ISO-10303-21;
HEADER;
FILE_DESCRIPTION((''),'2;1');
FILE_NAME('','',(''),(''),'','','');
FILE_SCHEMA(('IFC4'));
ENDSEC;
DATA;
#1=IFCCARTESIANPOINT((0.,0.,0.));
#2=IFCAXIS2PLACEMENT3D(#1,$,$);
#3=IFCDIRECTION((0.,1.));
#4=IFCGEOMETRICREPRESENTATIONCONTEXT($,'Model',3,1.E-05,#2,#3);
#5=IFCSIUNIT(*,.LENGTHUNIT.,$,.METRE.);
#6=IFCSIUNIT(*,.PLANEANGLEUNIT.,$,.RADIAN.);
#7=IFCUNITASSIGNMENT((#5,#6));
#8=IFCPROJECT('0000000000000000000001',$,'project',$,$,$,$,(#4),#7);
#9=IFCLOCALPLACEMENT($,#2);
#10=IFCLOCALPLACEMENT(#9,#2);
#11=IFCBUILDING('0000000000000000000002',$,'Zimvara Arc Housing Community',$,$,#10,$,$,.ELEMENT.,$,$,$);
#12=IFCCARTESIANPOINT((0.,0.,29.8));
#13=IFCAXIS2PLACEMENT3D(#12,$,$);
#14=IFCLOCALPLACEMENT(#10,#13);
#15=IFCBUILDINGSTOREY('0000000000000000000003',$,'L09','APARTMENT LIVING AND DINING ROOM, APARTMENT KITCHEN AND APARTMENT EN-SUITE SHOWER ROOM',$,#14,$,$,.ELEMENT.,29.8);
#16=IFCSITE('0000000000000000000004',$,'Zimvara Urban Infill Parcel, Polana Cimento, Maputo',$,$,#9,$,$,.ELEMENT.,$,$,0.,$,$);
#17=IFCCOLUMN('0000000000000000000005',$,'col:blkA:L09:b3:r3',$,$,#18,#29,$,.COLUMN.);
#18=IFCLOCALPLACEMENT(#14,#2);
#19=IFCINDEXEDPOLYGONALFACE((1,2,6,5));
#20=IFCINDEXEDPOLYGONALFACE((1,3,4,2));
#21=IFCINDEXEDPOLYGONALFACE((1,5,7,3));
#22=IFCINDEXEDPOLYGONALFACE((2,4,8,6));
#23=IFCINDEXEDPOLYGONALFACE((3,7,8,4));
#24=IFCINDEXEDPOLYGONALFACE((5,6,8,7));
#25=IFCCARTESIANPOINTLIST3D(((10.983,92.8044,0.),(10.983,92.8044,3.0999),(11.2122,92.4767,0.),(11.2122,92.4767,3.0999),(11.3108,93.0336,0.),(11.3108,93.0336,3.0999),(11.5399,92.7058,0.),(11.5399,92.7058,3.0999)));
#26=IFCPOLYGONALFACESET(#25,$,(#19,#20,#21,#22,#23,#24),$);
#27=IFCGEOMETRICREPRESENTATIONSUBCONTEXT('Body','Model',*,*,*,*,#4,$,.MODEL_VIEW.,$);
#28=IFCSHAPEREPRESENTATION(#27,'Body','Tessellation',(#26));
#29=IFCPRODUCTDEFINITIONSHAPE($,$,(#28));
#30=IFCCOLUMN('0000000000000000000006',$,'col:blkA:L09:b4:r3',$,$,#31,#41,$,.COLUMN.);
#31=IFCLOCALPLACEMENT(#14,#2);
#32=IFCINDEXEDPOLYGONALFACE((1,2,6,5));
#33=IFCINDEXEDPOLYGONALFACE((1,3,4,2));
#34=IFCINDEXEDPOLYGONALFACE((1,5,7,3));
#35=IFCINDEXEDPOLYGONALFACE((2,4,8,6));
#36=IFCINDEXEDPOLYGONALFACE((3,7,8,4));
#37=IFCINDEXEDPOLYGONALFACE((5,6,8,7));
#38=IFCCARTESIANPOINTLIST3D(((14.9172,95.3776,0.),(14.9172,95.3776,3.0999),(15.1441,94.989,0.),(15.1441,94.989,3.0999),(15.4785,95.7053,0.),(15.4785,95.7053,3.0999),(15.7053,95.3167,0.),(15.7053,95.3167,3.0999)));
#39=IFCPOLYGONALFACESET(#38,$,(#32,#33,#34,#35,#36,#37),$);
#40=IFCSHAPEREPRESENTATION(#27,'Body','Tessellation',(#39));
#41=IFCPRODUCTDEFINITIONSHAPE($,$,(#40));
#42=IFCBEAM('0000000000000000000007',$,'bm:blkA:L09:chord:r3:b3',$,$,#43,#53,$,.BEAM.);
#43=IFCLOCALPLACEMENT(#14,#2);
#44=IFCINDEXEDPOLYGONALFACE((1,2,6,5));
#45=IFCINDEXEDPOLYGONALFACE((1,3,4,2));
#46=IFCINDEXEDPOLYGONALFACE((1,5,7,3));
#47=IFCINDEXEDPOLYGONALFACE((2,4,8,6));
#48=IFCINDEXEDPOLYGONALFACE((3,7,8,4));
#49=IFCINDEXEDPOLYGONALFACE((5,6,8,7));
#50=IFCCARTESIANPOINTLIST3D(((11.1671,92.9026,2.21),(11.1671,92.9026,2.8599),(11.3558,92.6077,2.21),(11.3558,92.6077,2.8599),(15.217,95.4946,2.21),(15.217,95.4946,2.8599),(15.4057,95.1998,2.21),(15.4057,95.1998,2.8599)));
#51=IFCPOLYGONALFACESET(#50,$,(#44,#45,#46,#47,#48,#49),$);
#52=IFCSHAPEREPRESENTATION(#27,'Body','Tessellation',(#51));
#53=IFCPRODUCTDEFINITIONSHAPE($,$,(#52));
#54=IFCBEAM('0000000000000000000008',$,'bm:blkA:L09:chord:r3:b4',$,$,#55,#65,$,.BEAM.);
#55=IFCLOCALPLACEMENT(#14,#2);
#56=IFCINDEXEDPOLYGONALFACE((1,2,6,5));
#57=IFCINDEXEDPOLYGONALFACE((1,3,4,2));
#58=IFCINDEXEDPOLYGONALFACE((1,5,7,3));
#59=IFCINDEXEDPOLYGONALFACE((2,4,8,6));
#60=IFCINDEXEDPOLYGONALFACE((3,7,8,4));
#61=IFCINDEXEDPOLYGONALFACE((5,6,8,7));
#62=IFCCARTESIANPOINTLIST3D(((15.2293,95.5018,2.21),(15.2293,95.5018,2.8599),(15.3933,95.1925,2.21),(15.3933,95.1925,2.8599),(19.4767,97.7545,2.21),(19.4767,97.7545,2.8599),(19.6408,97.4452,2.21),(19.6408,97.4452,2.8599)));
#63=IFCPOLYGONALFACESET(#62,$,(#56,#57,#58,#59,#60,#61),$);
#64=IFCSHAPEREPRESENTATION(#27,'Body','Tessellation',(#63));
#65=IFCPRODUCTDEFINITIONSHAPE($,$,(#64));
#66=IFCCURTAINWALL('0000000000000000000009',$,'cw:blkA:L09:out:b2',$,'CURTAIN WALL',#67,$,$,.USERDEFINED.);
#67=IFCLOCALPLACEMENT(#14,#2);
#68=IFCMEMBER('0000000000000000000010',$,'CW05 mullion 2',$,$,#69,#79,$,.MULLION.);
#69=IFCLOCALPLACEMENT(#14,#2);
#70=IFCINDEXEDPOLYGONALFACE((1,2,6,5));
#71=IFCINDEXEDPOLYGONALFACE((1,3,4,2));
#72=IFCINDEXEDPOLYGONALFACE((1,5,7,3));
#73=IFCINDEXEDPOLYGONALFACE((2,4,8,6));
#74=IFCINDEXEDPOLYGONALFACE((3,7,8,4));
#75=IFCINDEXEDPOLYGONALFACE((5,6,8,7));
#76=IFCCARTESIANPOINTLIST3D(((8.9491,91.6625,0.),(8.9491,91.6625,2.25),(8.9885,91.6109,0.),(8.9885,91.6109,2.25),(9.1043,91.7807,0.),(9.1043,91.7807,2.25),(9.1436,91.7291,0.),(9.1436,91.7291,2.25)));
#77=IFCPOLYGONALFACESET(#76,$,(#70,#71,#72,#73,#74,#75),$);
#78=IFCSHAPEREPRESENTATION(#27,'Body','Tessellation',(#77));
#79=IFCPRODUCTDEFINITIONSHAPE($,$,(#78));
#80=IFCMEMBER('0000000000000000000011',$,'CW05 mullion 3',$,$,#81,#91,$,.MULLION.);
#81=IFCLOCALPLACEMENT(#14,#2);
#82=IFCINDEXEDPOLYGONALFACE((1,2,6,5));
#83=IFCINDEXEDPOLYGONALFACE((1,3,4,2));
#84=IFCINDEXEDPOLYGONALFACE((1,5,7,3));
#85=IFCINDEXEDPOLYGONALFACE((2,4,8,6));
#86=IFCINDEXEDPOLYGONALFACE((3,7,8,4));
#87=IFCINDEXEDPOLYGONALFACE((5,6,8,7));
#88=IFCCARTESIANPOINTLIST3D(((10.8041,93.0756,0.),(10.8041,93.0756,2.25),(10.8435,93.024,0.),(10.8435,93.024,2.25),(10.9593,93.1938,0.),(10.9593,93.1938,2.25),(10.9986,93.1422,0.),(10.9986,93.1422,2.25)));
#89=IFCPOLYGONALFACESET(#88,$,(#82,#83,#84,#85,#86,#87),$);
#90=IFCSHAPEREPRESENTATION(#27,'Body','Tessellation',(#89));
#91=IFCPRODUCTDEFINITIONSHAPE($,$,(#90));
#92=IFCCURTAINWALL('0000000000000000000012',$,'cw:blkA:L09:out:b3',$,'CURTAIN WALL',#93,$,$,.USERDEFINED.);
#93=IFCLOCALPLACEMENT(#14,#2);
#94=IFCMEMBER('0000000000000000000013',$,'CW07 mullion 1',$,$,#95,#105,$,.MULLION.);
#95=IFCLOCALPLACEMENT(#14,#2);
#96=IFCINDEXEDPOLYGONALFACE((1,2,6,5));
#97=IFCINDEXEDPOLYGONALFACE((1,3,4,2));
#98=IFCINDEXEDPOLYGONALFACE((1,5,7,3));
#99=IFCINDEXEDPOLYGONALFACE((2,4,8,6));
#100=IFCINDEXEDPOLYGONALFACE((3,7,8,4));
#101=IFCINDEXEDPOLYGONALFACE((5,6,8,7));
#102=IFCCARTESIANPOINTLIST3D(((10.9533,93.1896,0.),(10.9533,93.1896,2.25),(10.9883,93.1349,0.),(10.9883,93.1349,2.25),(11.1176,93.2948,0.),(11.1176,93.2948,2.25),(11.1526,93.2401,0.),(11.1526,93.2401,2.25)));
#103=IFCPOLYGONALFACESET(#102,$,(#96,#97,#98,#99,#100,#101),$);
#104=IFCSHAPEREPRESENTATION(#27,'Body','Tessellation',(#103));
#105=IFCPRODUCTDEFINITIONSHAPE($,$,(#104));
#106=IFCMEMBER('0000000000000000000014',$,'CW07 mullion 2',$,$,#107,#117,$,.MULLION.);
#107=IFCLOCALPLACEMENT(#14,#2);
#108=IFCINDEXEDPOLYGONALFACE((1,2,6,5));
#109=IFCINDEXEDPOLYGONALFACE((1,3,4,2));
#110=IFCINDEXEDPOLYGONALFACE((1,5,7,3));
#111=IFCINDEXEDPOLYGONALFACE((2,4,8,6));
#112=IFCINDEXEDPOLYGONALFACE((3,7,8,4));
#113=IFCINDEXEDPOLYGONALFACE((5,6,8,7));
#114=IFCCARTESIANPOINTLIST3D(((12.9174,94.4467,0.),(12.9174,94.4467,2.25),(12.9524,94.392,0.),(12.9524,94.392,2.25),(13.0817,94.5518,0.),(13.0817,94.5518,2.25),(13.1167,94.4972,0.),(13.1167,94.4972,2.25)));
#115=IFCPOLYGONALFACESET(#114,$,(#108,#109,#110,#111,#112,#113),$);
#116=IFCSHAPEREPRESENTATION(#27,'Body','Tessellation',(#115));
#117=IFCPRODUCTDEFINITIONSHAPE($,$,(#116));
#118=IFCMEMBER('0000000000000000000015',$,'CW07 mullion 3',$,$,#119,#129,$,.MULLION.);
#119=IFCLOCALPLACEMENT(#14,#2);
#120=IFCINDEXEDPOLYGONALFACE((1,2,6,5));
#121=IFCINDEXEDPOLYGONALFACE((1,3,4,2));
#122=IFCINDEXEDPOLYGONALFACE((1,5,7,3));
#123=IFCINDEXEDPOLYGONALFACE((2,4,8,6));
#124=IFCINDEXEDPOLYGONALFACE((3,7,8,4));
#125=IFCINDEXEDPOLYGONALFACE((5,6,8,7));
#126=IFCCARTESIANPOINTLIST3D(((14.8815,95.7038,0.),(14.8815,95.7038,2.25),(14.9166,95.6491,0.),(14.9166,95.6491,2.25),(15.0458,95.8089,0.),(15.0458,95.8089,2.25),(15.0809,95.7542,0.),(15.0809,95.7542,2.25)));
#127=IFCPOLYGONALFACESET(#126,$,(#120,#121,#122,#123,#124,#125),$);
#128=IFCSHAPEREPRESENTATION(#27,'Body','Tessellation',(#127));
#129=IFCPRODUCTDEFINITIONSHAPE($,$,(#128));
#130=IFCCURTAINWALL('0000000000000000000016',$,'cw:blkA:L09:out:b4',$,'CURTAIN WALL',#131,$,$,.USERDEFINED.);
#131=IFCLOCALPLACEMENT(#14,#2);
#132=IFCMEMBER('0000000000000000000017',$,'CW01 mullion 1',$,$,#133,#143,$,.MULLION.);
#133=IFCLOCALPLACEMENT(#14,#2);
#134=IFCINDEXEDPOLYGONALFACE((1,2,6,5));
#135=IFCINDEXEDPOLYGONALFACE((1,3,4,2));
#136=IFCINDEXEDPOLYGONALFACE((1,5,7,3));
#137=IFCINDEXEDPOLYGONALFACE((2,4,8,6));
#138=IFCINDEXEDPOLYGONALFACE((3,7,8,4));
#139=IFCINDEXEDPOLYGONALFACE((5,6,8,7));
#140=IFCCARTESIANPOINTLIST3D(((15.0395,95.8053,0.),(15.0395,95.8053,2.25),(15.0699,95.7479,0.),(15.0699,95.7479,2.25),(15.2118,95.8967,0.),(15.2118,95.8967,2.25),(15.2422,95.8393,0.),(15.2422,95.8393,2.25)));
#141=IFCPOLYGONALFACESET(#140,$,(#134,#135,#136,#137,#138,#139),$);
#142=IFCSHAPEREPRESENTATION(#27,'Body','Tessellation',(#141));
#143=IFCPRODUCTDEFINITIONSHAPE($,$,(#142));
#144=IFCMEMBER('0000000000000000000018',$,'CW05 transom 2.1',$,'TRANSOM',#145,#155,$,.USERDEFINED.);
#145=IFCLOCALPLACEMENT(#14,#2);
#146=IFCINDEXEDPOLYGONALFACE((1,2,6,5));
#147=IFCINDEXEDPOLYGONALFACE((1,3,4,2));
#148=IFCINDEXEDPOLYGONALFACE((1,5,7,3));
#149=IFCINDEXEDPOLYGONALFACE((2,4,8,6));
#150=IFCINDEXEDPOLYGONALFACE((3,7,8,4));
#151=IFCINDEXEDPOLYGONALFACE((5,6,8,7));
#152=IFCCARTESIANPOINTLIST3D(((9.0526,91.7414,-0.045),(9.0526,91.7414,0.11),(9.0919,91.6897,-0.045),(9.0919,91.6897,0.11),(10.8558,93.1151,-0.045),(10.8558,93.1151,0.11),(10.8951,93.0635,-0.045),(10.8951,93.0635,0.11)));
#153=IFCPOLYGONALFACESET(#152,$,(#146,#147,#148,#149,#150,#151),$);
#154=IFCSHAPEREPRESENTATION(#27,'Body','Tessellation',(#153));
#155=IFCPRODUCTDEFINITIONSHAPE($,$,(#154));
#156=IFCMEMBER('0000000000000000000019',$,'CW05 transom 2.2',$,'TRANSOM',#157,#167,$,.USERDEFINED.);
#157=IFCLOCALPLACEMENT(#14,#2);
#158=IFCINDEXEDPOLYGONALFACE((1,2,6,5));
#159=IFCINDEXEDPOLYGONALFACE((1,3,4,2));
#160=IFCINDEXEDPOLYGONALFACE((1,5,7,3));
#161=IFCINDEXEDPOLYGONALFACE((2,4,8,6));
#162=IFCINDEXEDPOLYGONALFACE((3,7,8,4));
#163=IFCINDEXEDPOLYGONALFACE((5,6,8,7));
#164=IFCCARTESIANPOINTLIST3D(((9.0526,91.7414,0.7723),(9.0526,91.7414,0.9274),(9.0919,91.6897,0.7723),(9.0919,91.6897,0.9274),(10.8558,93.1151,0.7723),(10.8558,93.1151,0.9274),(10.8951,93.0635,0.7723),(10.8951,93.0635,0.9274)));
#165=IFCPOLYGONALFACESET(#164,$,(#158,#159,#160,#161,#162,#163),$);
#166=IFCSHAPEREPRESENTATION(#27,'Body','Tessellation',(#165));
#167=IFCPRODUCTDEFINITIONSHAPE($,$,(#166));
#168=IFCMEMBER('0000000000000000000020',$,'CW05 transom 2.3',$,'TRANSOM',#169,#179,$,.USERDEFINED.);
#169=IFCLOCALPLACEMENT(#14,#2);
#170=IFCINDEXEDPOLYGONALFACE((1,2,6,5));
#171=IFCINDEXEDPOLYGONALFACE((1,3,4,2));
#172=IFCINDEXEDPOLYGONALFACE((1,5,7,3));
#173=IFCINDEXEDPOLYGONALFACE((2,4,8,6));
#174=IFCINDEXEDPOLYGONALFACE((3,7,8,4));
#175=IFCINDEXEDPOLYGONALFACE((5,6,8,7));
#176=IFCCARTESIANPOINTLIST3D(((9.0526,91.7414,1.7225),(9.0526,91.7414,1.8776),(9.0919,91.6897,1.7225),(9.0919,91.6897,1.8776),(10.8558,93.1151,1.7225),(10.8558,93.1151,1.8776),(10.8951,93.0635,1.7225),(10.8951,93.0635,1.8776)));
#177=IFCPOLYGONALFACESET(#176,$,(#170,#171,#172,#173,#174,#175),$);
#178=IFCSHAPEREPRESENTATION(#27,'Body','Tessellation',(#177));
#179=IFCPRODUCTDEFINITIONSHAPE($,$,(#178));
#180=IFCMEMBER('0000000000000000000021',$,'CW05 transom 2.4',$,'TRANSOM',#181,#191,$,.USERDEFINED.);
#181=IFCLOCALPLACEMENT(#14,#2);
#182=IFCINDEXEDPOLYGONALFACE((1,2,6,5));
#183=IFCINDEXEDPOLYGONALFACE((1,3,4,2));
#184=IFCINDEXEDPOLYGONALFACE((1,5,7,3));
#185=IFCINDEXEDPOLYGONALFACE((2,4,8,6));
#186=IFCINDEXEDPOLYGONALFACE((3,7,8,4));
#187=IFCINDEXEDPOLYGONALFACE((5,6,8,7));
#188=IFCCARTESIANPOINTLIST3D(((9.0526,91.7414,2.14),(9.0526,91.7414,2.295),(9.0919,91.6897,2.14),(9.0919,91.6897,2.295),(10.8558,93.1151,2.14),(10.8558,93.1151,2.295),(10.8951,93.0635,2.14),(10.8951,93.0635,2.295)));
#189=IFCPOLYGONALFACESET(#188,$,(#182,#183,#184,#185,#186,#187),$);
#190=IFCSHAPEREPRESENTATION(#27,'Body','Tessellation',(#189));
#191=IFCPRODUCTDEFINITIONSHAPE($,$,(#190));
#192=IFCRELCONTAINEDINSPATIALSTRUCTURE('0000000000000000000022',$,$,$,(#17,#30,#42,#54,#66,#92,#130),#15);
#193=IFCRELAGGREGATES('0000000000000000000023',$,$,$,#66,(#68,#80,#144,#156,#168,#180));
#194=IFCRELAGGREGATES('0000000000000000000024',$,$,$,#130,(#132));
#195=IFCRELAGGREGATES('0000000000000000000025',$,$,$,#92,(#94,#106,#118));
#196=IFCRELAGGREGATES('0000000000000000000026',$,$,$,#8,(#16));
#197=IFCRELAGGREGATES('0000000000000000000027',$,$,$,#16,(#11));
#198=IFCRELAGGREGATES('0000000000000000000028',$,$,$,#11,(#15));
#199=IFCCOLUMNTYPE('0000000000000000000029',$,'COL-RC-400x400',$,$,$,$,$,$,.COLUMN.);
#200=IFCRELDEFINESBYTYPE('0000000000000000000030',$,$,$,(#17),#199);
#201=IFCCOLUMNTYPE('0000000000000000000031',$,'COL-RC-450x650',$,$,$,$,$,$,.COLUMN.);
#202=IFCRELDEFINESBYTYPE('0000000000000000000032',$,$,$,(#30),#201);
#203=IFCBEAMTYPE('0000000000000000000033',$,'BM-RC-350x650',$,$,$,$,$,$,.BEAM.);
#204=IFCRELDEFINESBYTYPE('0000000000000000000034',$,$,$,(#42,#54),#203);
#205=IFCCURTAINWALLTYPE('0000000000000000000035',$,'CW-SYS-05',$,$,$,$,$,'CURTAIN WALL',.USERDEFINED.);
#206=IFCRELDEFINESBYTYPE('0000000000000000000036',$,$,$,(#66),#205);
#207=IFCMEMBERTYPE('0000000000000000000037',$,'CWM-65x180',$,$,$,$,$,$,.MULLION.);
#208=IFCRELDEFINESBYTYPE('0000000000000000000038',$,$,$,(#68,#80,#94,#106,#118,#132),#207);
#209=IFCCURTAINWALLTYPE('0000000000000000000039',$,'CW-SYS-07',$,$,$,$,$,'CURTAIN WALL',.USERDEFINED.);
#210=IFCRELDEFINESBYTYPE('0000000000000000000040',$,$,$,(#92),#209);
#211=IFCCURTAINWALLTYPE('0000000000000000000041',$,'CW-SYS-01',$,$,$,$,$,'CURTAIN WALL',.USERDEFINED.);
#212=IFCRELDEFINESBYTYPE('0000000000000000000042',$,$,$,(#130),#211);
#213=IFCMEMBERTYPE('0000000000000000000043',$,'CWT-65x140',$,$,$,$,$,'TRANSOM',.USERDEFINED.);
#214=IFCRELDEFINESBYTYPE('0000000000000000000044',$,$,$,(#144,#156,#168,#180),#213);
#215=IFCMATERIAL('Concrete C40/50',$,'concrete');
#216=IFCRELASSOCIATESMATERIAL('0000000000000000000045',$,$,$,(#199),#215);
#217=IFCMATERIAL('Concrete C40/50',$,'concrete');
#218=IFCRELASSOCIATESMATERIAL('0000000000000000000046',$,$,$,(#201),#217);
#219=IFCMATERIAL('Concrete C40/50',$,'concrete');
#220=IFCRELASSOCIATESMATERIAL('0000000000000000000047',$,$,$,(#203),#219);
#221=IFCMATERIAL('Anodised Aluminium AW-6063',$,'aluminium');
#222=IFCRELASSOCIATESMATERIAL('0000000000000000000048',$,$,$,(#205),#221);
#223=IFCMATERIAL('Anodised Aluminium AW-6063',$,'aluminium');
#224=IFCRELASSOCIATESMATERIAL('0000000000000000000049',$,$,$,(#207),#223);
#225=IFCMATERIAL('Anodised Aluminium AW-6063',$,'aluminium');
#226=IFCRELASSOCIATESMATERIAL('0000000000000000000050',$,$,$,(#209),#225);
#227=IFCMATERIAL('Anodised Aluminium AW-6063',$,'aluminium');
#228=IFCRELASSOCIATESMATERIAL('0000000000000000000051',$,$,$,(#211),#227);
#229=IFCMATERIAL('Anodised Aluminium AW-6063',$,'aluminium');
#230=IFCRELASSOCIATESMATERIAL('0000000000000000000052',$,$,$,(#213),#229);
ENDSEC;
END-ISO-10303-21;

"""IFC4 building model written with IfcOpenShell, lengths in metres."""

from ifc_helpers import new_model, si_unit, direction, frame, origin, origin_2d, place, context, subcontext, project, spatial, rectangle, extrude, material, material_profile, profile_set, type_object, element, aggregate, save


model = new_model("IFC4")

# Units and contexts
model_context = context("Model", 3, precision=1e-05, world=origin(), true_north=direction((0.0, 1.0)))
body_context = subcontext(model_context, "Body", "Model", "MODEL_VIEW")
ifc_project = project(units=[si_unit("LENGTHUNIT", "METRE"), si_unit("PLANEANGLEUNIT", "RADIAN")], contexts=[model_context])

# Site, building, storey
site_placement = place(None, origin())
site = spatial("IfcSite", under=ifc_project, at=site_placement, Name="Zimvara Urban Infill Parcel, Polana Cimento, Maputo", CompositionType="ELEMENT", RefElevation=0.0)
building_placement = place(site_placement, origin())
building = spatial("IfcBuilding", under=site, at=building_placement, Name="Zimvara Arc Housing Community", CompositionType="ELEMENT")
storey_placement = place(building_placement, frame((0.0, 0.0, 29.8)))
storey = spatial("IfcBuildingStorey", under=building, at=storey_placement, Name="L09", Description="APARTMENT LIVING AND DINING ROOM, APARTMENT KITCHEN AND APARTMENT EN-SUITE SHOWER ROOM", CompositionType="ELEMENT", Elevation=29.8)

# Columns
ifc_material_1 = material(Name="Concrete C40/50", Category="concrete")
ifc_material_profile_1 = material_profile(ifc_material_1, rectangle(XDim=0.3999, YDim=0.3999, at=origin_2d()), Name="RC 400x400")
ifc_profile_set_1 = profile_set([ifc_material_profile_1], Name="Concrete C40/50")
column_type_1 = type_object("IfcColumnType", Name="COL-RC-400x400", PredefinedType="COLUMN", material=ifc_profile_set_1)
column_1_placement = place(storey_placement, frame((11.2615, 92.7551, 0.0), z_axis=(0.0, 0.0, 1.0), x_axis=(-0.573004, 0.819552, 0.0)))
element("IfcColumn", 1, at=column_1_placement, inside=storey, type_object=column_type_1, Name="col:blkA:L09:b3:r3", PredefinedType="COLUMN", context=body_context, shape_type="SweptSolid", body=[
    extrude(rectangle(XDim=0.3999, YDim=0.3999, at=origin_2d()), origin(), (0.0, 0.0, 1.0), 3.0999),
])
ifc_material_2 = material(Name="Concrete C40/50", Category="concrete")
ifc_material_profile_2 = material_profile(ifc_material_2, rectangle(XDim=0.45, YDim=0.6499, at=origin_2d()), Name="RC 450x650")
ifc_profile_set_2 = profile_set([ifc_material_profile_2], Name="Concrete C40/50")
column_type_2 = type_object("IfcColumnType", Name="COL-RC-450x650", PredefinedType="COLUMN", material=ifc_profile_set_2)
column_2_placement = place(storey_placement, frame((15.3113, 95.3472, 0.0), z_axis=(0.0, 0.0, 1.0), x_axis=(-0.504226, 0.863572, 0.0)))
element("IfcColumn", 2, at=column_2_placement, inside=storey, type_object=column_type_2, Name="col:blkA:L09:b4:r3", PredefinedType="COLUMN", context=body_context, shape_type="SweptSolid", body=[
    extrude(rectangle(XDim=0.45, YDim=0.6499, at=origin_2d()), origin(), (0.0, 0.0, 1.0), 3.0999),
])

# Beams
ifc_material_3 = material(Name="Concrete C40/50", Category="concrete")
ifc_material_profile_3 = material_profile(ifc_material_3, rectangle(XDim=0.3501, YDim=0.6499, at=origin_2d()), Name="RC 350x650")
ifc_profile_set_3 = profile_set([ifc_material_profile_3], Name="Concrete C40/50")
beam_type = type_object("IfcBeamType", Name="BM-RC-350x650", PredefinedType="BEAM", material=ifc_profile_set_3)
beam_1_placement = place(storey_placement, frame((11.2615, 92.7551, 2.5349), z_axis=(0.842256, 0.539078, 0.0), x_axis=(-0.539078, 0.842256, 0.0)))
element("IfcBeam", 3, at=beam_1_placement, inside=storey, type_object=beam_type, Name="bm:blkA:L09:chord:r3:b3", PredefinedType="BEAM", context=body_context, shape_type="SweptSolid", body=[
    extrude(rectangle(XDim=0.3501, YDim=0.6499, at=origin_2d()), origin(), (0.0, 0.0, 1.0), 4.8083),
])
beam_2_placement = place(storey_placement, frame((15.3113, 95.3472, 2.5349), z_axis=(0.883446, 0.468534, 0.0), x_axis=(-0.468534, 0.883446, 0.0)))
element("IfcBeam", 4, at=beam_2_placement, inside=storey, type_object=beam_type, Name="bm:blkA:L09:chord:r3:b4", PredefinedType="BEAM", context=body_context, shape_type="SweptSolid", body=[
    extrude(rectangle(XDim=0.3501, YDim=0.6499, at=origin_2d()), origin(), (0.0, 0.0, 1.0), 4.8079),
])

# Curtain walls, members
ifc_material_4 = material(Name="Anodised Aluminium AW-6063", Category="aluminium")
curtain_wall_type_1 = type_object("IfcCurtainWallType", Name="CW-SYS-05", ElementType="CURTAIN WALL", PredefinedType="USERDEFINED", material=ifc_material_4)
curtain_wall_1_placement = place(storey_placement, origin())
curtain_wall_1 = element("IfcCurtainWall", 5, at=curtain_wall_1_placement, inside=storey, type_object=curtain_wall_type_1, Name="cw:blkA:L09:out:b2", ObjectType="CURTAIN WALL", PredefinedType="USERDEFINED")
ifc_material_5 = material(Name="Anodised Aluminium AW-6063", Category="aluminium")
ifc_material_profile_4 = material_profile(ifc_material_5, rectangle(XDim=0.0649, YDim=0.1951, at=origin_2d()), Name="ALU 65x195")
ifc_profile_set_4 = profile_set([ifc_material_profile_4], Name="Anodised Aluminium AW-6063")
member_type_1 = type_object("IfcMemberType", Name="CWM-65x180", PredefinedType="MULLION", material=ifc_profile_set_4)
member_1_placement = place(storey_placement, frame((9.0464, 91.6958, 0.0), z_axis=(0.0, 0.0, 1.0), x_axis=(-0.605988, 0.795474, 0.0)))
member_1 = element("IfcMember", 6, at=member_1_placement, type_object=member_type_1, Name="CW05 mullion 2", PredefinedType="MULLION", context=body_context, shape_type="SweptSolid", body=[
    extrude(rectangle(XDim=0.0649, YDim=0.1951, at=origin_2d()), origin(), (0.0, 0.0, 1.0), 2.25),
])
member_2_placement = place(storey_placement, frame((10.9014, 93.1089, 0.0), z_axis=(0.0, 0.0, 1.0), x_axis=(-0.605988, 0.795474, 0.0)))
member_2 = element("IfcMember", 7, at=member_2_placement, type_object=member_type_1, Name="CW05 mullion 3", PredefinedType="MULLION", context=body_context, shape_type="SweptSolid", body=[
    extrude(rectangle(XDim=0.0649, YDim=0.1951, at=origin_2d()), origin(), (0.0, 0.0, 1.0), 2.25),
])
ifc_material_6 = material(Name="Anodised Aluminium AW-6063", Category="aluminium")
curtain_wall_type_2 = type_object("IfcCurtainWallType", Name="CW-SYS-07", ElementType="CURTAIN WALL", PredefinedType="USERDEFINED", material=ifc_material_6)
curtain_wall_2_placement = place(storey_placement, origin())
curtain_wall_2 = element("IfcCurtainWall", 8, at=curtain_wall_2_placement, inside=storey, type_object=curtain_wall_type_2, Name="cw:blkA:L09:out:b3", ObjectType="CURTAIN WALL", PredefinedType="USERDEFINED")
member_3_placement = place(storey_placement, frame((11.053, 93.2148, 0.0), z_axis=(0.0, 0.0, 1.0), x_axis=(-0.539065, 0.842264, 0.0)))
member_3 = element("IfcMember", 9, at=member_3_placement, type_object=member_type_1, Name="CW07 mullion 1", PredefinedType="MULLION", context=body_context, shape_type="SweptSolid", body=[
    extrude(rectangle(XDim=0.0649, YDim=0.1951, at=origin_2d()), origin(), (0.0, 0.0, 1.0), 2.25),
])
member_4_placement = place(storey_placement, frame((13.0171, 94.4719, 0.0), z_axis=(0.0, 0.0, 1.0), x_axis=(-0.539065, 0.842264, 0.0)))
member_4 = element("IfcMember", 10, at=member_4_placement, type_object=member_type_1, Name="CW07 mullion 2", PredefinedType="MULLION", context=body_context, shape_type="SweptSolid", body=[
    extrude(rectangle(XDim=0.0649, YDim=0.1951, at=origin_2d()), origin(), (0.0, 0.0, 1.0), 2.25),
])
member_5_placement = place(storey_placement, frame((14.9812, 95.729, 0.0), z_axis=(0.0, 0.0, 1.0), x_axis=(-0.539065, 0.842264, 0.0)))
member_5 = element("IfcMember", 11, at=member_5_placement, type_object=member_type_1, Name="CW07 mullion 3", PredefinedType="MULLION", context=body_context, shape_type="SweptSolid", body=[
    extrude(rectangle(XDim=0.0649, YDim=0.1951, at=origin_2d()), origin(), (0.0, 0.0, 1.0), 2.25),
])

# Curtain wall, member
ifc_material_7 = material(Name="Anodised Aluminium AW-6063", Category="aluminium")
curtain_wall_type_3 = type_object("IfcCurtainWallType", Name="CW-SYS-01", ElementType="CURTAIN WALL", PredefinedType="USERDEFINED", material=ifc_material_7)
curtain_wall_3_placement = place(storey_placement, origin())
curtain_wall_3 = element("IfcCurtainWall", 12, at=curtain_wall_3_placement, inside=storey, type_object=curtain_wall_type_3, Name="cw:blkA:L09:out:b4", ObjectType="CURTAIN WALL", PredefinedType="USERDEFINED")
member_6_placement = place(storey_placement, frame((15.1409, 95.8223, 0.0), z_axis=(0.0, 0.0, 1.0), x_axis=(-0.468547, 0.883439, 0.0)))
member_6 = element("IfcMember", 13, at=member_6_placement, type_object=member_type_1, Name="CW01 mullion 1", PredefinedType="MULLION", context=body_context, shape_type="SweptSolid", body=[
    extrude(rectangle(XDim=0.0649, YDim=0.1951, at=origin_2d()), origin(), (0.0, 0.0, 1.0), 2.25),
])

# Members
ifc_material_8 = material(Name="Anodised Aluminium AW-6063", Category="aluminium")
ifc_material_profile_5 = material_profile(ifc_material_8, rectangle(XDim=0.0649, YDim=0.155, at=origin_2d()), Name="ALU 65x155")
ifc_profile_set_5 = profile_set([ifc_material_profile_5], Name="Anodised Aluminium AW-6063")
member_type_2 = type_object("IfcMemberType", Name="CWT-65x140", ElementType="TRANSOM", PredefinedType="USERDEFINED", material=ifc_profile_set_5)
member_7_placement = place(storey_placement, frame((9.0723, 91.7156, 0.0325), z_axis=(0.795454, 0.606014, 0.0), x_axis=(-0.606014, 0.795454, 0.0)))
member_7 = element("IfcMember", 14, at=member_7_placement, type_object=member_type_2, Name="CW05 transom 2.1", ObjectType="TRANSOM", PredefinedType="USERDEFINED", context=body_context, shape_type="SweptSolid", body=[
    extrude(rectangle(XDim=0.0649, YDim=0.155, at=origin_2d()), origin(), (0.0, 0.0, 1.0), 2.2668),
])
member_8_placement = place(storey_placement, frame((9.0723, 91.7156, 0.8499), z_axis=(0.795454, 0.606014, 0.0), x_axis=(-0.606014, 0.795454, 0.0)))
member_8 = element("IfcMember", 15, at=member_8_placement, type_object=member_type_2, Name="CW05 transom 2.2", ObjectType="TRANSOM", PredefinedType="USERDEFINED", context=body_context, shape_type="SweptSolid", body=[
    extrude(rectangle(XDim=0.0649, YDim=0.155, at=origin_2d()), origin(), (0.0, 0.0, 1.0), 2.2668),
])
member_9_placement = place(storey_placement, frame((9.0723, 91.7156, 1.8), z_axis=(0.795454, 0.606014, 0.0), x_axis=(-0.606014, 0.795454, 0.0)))
member_9 = element("IfcMember", 16, at=member_9_placement, type_object=member_type_2, Name="CW05 transom 2.3", ObjectType="TRANSOM", PredefinedType="USERDEFINED", context=body_context, shape_type="SweptSolid", body=[
    extrude(rectangle(XDim=0.0649, YDim=0.155, at=origin_2d()), origin(), (0.0, 0.0, 1.0), 2.2668),
])
member_10_placement = place(storey_placement, frame((9.0723, 91.7156, 2.2175), z_axis=(0.795454, 0.606014, 0.0), x_axis=(-0.606014, 0.795454, 0.0)))
member_10 = element("IfcMember", 17, at=member_10_placement, type_object=member_type_2, Name="CW05 transom 2.4", ObjectType="TRANSOM", PredefinedType="USERDEFINED", context=body_context, shape_type="SweptSolid", body=[
    extrude(rectangle(XDim=0.0649, YDim=0.155, at=origin_2d()), origin(), (0.0, 0.0, 1.0), 2.2668),
])

aggregate(curtain_wall_1, [member_1, member_2, member_7, member_8, member_9, member_10])
aggregate(curtain_wall_3, [member_6])
aggregate(curtain_wall_2, [member_3, member_4, member_5])

save(model, "model.ifc")
